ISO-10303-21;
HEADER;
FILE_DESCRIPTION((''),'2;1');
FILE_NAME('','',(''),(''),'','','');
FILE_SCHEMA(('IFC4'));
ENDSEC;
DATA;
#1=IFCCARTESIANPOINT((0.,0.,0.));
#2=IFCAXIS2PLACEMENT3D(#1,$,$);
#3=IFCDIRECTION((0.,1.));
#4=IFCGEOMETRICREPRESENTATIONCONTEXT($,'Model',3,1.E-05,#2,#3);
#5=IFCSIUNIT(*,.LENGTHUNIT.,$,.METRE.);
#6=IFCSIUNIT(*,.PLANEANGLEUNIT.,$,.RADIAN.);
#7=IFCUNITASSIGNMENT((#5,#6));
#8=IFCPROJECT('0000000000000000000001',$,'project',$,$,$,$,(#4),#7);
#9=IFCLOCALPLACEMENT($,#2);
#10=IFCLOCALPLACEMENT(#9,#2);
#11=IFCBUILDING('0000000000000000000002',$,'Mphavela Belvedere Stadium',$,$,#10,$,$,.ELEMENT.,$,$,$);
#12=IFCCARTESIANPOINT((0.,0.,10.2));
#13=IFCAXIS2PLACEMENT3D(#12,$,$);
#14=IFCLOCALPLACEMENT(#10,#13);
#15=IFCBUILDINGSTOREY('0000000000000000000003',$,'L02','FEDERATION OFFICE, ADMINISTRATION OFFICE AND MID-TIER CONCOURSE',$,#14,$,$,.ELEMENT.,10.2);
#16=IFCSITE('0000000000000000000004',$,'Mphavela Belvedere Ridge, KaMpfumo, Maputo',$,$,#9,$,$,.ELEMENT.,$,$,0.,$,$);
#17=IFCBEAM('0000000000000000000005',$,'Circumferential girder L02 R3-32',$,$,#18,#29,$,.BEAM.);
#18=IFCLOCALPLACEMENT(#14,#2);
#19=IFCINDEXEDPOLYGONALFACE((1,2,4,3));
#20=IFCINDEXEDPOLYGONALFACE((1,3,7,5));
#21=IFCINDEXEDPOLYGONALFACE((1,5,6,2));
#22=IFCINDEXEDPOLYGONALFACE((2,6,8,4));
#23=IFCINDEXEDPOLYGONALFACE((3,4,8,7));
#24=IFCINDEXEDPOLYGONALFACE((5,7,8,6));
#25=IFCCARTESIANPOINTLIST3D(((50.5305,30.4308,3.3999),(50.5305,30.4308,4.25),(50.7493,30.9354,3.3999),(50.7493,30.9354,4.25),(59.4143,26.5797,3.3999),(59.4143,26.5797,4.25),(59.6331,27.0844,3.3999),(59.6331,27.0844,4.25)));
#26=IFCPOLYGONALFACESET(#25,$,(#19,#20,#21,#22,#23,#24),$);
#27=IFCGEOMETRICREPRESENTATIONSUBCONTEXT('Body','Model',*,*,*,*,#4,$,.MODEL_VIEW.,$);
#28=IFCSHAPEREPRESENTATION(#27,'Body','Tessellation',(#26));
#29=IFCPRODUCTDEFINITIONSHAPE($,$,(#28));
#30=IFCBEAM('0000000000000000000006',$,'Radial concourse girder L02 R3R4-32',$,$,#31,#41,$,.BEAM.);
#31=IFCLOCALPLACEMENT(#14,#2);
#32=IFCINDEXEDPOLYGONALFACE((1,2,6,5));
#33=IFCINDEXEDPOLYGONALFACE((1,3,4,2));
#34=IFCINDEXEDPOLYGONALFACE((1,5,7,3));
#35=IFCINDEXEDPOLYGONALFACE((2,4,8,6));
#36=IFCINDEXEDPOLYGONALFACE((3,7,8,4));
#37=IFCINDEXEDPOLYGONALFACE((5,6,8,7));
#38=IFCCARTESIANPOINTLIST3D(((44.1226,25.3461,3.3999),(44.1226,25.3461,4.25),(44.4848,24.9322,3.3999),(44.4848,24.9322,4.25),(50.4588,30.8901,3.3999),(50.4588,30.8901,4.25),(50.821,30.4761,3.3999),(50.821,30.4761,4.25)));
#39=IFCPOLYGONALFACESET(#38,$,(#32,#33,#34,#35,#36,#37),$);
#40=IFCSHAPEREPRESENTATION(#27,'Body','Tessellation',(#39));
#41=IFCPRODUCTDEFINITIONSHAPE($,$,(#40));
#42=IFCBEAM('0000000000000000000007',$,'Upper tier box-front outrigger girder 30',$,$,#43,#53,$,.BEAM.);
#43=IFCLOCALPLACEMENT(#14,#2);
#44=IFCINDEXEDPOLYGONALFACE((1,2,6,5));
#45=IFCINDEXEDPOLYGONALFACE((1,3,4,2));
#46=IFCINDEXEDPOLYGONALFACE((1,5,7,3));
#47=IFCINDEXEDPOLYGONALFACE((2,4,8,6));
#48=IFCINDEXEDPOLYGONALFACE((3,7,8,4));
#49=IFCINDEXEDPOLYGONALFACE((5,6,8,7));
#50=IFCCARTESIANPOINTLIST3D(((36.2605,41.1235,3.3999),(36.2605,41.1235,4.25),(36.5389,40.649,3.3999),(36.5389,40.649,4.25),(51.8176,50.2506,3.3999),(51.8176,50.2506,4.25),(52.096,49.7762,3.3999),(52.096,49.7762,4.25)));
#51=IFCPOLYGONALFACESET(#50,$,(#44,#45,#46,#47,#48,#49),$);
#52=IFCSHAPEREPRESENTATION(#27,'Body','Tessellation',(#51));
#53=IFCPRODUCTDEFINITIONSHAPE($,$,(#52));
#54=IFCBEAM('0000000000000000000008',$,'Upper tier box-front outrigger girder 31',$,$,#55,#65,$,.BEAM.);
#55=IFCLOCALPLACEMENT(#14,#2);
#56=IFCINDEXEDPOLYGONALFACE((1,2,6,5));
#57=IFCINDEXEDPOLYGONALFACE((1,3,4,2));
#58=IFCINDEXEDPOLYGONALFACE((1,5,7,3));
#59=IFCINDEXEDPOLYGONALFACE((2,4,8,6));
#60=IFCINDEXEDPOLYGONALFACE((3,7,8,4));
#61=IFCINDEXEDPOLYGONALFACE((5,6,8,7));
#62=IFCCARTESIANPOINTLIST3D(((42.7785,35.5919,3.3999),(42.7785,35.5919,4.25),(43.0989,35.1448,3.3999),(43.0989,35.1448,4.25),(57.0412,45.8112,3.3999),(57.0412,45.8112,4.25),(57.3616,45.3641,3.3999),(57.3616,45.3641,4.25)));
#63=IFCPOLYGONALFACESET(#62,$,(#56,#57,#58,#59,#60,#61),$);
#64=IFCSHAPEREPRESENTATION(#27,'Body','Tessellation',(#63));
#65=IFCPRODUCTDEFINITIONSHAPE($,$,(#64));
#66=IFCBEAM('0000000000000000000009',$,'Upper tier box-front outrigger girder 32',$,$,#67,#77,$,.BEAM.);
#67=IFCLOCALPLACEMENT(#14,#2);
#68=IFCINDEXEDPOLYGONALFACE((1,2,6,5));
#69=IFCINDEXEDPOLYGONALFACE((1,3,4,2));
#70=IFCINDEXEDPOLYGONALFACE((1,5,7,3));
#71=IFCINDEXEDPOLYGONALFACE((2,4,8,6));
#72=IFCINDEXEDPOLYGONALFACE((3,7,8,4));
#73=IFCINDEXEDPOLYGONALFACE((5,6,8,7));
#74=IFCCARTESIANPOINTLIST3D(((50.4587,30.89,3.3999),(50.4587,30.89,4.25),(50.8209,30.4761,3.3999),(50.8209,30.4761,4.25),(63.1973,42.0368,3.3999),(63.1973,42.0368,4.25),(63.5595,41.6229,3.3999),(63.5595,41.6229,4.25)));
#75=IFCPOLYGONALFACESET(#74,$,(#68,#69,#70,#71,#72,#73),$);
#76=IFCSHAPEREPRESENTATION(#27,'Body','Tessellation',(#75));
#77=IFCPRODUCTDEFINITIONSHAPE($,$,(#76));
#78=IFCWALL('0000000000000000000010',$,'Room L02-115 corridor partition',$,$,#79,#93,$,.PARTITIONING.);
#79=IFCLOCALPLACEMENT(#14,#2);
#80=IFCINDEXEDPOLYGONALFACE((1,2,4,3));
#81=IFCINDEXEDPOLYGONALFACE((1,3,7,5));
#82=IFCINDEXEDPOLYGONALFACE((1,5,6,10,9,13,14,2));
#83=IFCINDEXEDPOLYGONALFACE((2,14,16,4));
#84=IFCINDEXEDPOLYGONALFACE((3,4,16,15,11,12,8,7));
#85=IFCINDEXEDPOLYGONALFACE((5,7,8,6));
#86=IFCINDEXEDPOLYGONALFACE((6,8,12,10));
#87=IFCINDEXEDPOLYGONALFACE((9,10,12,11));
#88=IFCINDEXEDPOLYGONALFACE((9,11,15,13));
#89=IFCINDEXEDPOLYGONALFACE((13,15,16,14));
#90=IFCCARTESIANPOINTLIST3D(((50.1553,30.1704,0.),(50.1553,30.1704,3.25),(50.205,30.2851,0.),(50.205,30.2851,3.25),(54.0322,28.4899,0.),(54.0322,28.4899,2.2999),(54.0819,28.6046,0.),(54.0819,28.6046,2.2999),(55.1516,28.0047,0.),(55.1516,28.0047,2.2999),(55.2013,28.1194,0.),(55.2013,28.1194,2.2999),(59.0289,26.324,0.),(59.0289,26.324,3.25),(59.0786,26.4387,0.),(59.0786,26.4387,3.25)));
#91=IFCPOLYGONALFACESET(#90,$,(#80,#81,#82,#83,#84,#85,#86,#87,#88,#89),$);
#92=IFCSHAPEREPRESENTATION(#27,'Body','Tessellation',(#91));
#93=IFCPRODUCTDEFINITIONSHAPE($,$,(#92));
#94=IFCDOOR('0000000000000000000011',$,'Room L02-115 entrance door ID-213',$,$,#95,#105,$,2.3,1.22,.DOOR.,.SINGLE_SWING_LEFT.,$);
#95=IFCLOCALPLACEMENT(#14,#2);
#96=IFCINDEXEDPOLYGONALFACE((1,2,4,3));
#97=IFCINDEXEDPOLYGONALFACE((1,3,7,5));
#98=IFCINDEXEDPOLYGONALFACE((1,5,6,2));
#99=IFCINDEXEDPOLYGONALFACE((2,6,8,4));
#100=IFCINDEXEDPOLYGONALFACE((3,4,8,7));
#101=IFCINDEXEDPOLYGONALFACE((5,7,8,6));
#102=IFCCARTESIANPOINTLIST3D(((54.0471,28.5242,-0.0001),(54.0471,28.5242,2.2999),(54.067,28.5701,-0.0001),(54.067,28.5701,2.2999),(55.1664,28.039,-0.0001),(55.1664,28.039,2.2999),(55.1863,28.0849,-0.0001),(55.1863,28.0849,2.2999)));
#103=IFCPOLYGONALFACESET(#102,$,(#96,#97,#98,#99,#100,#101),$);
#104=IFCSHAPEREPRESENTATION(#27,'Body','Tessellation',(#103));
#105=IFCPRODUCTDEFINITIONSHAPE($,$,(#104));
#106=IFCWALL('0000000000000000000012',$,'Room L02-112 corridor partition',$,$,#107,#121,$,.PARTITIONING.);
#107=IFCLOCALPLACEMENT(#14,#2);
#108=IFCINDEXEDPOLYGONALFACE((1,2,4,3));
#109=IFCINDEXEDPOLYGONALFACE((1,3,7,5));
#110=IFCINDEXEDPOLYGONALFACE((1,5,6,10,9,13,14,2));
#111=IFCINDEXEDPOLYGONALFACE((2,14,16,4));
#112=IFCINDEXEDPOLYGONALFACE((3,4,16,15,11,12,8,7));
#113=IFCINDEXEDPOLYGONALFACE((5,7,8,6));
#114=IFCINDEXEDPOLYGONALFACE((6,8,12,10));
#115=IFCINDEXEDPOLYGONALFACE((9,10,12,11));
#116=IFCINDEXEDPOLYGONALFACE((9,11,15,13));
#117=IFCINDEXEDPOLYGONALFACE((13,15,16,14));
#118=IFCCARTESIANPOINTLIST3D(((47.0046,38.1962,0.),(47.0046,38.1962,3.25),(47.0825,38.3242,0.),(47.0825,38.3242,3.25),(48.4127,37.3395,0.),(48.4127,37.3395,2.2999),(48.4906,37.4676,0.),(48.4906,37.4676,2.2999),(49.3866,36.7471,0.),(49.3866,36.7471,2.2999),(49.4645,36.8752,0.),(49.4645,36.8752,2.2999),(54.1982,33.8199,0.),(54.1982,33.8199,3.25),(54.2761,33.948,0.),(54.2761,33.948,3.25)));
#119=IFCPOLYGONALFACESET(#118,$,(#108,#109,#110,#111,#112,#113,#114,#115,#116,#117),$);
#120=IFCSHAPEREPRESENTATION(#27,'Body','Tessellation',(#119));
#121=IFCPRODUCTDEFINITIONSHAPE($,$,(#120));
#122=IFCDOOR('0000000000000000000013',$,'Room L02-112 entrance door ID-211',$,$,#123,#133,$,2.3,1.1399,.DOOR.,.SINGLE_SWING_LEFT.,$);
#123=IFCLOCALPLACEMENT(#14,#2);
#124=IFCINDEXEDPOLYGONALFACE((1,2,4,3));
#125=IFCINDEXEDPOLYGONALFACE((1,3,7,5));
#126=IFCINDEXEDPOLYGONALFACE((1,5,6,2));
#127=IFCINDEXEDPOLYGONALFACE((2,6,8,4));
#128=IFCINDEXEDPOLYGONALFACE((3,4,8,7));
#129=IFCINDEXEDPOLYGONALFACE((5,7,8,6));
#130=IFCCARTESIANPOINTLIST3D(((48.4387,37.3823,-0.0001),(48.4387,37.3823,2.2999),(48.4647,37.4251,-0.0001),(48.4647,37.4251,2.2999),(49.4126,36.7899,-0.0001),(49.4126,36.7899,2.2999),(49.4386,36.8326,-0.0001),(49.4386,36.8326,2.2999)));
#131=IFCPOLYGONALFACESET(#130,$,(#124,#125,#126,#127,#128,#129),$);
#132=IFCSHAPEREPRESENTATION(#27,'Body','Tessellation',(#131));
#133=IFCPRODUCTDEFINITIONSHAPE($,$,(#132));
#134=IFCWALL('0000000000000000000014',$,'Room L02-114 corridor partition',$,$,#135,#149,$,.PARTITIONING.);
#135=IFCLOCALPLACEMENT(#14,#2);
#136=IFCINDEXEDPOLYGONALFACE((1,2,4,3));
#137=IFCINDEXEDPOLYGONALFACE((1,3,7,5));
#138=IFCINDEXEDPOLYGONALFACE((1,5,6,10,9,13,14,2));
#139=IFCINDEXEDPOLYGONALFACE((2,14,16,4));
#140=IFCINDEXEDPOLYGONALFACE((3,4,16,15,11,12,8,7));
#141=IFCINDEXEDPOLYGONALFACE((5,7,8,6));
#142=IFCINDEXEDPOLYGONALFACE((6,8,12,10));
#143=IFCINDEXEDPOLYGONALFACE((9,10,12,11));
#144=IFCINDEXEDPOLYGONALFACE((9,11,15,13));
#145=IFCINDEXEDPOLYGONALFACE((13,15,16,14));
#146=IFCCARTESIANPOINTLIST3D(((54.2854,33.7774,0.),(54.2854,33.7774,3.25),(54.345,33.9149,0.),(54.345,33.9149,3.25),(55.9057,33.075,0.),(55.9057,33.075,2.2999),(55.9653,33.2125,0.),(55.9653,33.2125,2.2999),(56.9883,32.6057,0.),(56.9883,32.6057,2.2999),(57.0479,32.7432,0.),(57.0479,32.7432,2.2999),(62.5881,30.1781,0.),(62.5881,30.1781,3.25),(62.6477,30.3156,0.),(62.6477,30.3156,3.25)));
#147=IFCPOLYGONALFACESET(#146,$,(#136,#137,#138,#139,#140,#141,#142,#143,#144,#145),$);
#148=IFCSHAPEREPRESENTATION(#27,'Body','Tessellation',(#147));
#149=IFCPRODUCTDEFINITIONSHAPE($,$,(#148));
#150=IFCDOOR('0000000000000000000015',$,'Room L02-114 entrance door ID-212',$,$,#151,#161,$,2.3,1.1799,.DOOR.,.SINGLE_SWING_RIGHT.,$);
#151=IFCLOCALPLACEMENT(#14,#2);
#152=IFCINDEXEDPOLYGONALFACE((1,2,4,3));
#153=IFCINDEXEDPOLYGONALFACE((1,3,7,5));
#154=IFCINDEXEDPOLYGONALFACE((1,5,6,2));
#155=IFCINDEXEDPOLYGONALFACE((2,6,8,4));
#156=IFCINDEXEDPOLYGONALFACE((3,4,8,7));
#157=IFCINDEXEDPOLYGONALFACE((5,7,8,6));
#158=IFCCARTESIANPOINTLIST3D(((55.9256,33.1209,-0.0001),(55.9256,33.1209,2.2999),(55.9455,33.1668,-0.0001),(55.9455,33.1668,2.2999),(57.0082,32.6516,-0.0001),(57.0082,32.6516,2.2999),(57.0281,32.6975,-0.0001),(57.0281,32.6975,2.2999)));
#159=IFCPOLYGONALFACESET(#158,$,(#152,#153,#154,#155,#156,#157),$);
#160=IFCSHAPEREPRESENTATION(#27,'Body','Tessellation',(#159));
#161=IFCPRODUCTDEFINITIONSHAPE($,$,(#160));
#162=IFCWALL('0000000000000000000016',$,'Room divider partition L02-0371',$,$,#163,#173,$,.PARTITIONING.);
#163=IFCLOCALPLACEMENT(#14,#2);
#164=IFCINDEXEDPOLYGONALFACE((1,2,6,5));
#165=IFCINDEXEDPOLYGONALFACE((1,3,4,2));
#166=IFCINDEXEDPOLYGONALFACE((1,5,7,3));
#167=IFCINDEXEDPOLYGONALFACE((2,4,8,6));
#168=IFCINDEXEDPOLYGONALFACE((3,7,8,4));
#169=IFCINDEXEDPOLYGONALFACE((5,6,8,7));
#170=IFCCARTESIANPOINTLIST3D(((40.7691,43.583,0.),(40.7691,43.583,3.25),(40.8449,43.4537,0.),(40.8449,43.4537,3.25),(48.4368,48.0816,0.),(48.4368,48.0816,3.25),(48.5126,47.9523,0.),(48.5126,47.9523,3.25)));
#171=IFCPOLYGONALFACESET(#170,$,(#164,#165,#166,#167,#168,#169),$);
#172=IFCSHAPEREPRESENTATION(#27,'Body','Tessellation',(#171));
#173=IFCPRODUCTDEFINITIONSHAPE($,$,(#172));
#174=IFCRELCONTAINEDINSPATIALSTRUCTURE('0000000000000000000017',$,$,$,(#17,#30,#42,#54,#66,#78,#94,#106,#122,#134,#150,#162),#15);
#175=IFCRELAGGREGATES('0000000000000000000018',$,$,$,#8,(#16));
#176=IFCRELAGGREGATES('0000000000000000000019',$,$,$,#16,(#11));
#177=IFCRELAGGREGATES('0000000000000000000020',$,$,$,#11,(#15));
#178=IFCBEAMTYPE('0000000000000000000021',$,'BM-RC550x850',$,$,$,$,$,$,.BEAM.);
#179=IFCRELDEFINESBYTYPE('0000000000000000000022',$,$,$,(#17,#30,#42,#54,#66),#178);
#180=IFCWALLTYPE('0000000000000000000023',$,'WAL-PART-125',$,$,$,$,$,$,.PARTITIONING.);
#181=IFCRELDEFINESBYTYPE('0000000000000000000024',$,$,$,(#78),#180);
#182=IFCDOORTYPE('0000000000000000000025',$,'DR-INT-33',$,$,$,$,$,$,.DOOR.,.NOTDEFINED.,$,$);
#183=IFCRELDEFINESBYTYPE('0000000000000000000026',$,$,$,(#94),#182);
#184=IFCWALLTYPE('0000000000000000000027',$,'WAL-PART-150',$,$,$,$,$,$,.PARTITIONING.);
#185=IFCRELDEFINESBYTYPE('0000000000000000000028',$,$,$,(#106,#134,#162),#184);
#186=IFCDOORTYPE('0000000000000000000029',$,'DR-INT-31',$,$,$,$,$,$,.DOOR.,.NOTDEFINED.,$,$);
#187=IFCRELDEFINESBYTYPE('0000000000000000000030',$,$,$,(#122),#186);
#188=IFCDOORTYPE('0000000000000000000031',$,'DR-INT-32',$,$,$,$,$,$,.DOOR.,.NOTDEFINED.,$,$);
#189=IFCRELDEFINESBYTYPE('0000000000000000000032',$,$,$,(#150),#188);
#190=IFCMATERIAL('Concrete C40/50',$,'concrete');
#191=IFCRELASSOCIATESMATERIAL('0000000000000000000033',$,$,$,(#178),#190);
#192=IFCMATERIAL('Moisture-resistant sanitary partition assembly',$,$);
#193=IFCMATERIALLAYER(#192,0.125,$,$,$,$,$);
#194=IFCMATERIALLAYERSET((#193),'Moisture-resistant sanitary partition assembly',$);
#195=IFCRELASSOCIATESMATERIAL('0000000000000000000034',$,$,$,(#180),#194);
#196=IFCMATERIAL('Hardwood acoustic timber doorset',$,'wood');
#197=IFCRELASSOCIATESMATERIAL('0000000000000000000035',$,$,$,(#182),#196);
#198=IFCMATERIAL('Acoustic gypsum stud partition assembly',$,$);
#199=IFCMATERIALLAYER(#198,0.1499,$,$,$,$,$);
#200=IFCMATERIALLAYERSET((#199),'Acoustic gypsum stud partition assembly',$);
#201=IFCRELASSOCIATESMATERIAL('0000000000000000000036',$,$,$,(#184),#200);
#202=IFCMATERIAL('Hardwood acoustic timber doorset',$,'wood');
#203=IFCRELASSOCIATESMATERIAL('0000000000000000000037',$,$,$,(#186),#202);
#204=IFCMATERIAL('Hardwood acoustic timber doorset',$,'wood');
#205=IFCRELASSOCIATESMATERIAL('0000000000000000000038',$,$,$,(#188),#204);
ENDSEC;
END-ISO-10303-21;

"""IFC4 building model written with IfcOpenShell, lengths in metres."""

from ifc_helpers import new_model, si_unit, direction, frame, frame_2d, origin, origin_2d, place, context, subcontext, project, spatial, rectangle, extrude, material, layer, layer_set, material_profile, profile_set, type_object, element, fill, save


model = new_model("IFC4")

# Units and contexts
model_context = context("Model", 3, precision=1e-05, world=origin(), true_north=direction((0.0, 1.0)))
body_context = subcontext(model_context, "Body", "Model", "MODEL_VIEW")
ifc_project = project(units=[si_unit("LENGTHUNIT", "METRE"), si_unit("PLANEANGLEUNIT", "RADIAN")], contexts=[model_context])

# Site, building, storey
site_placement = place(None, origin())
site = spatial("IfcSite", under=ifc_project, at=site_placement, Name="Mphavela Belvedere Ridge, KaMpfumo, Maputo", CompositionType="ELEMENT", RefElevation=0.0)
building_placement = place(site_placement, origin())
building = spatial("IfcBuilding", under=site, at=building_placement, Name="Mphavela Belvedere Stadium", CompositionType="ELEMENT")
storey_placement = place(building_placement, frame((0.0, 0.0, 10.2)))
storey = spatial("IfcBuildingStorey", under=building, at=storey_placement, Name="L02", Description="FEDERATION OFFICE, ADMINISTRATION OFFICE AND MID-TIER CONCOURSE", CompositionType="ELEMENT", Elevation=10.2)

# Beams
ifc_material_1 = material(Name="Concrete C40/50", Category="concrete")
ifc_material_profile_1 = material_profile(ifc_material_1, rectangle(XDim=0.55, YDim=0.8501, at=origin_2d()), Name="RC 550x850")
ifc_profile_set_1 = profile_set([ifc_material_profile_1], Name="Concrete C40/50")
beam_type_1 = type_object("IfcBeamType", Name="BM-RC550x850", PredefinedType="BEAM", material=ifc_profile_set_1)
beam_1_placement = place(storey_placement, frame((50.6399, 30.6831, 3.825), z_axis=(0.917502, -0.397732, 0.0), x_axis=(0.397732, 0.917502, 0.0)))
element("IfcBeam", 1, at=beam_1_placement, inside=storey, type_object=beam_type_1, Name="Circumferential girder L02 R3-32", PredefinedType="BEAM", context=body_context, shape_type="SweptSolid", body=[
    extrude(rectangle(XDim=0.55, YDim=0.8501, at=origin_2d()), origin(), (0.0, 0.0, 1.0), 9.6826),
])
beam_2_placement = place(storey_placement, frame((50.6399, 30.6831, 3.825), z_axis=(-0.752589, -0.65849, 0.0), x_axis=(0.65849, -0.752589, 0.0)))
element("IfcBeam", 2, at=beam_2_placement, inside=storey, type_object=beam_type_1, Name="Radial concourse girder L02 R3R4-32", PredefinedType="BEAM", context=body_context, shape_type="SweptSolid", body=[
    extrude(rectangle(XDim=0.55, YDim=0.8501, at=origin_2d()), origin(), (0.0, 0.0, 1.0), 8.4192),
])
beam_3_placement = place(storey_placement, frame((51.9568, 50.0134, 3.825), z_axis=(-0.862516, -0.506029, 0.0), x_axis=(0.506029, -0.862516, 0.0)))
element("IfcBeam", 3, at=beam_3_placement, inside=storey, type_object=beam_type_1, Name="Upper tier box-front outrigger girder 30", PredefinedType="BEAM", context=body_context, shape_type="SweptSolid", body=[
    extrude(rectangle(XDim=0.55, YDim=0.8501, at=origin_2d()), origin(), (0.0, 0.0, 1.0), 18.0369),
])
beam_4_placement = place(storey_placement, frame((57.2014, 45.5876, 3.825), z_axis=(-0.812881, -0.58243, 0.0), x_axis=(0.58243, -0.812881, 0.0)))
element("IfcBeam", 4, at=beam_4_placement, inside=storey, type_object=beam_type_1, Name="Upper tier box-front outrigger girder 31", PredefinedType="BEAM", context=body_context, shape_type="SweptSolid", body=[
    extrude(rectangle(XDim=0.55, YDim=0.8501, at=origin_2d()), origin(), (0.0, 0.0, 1.0), 17.5459),
])
beam_5_placement = place(storey_placement, frame((63.3784, 41.8298, 3.825), z_axis=(-0.752562, -0.658522, 0.0), x_axis=(0.658522, -0.752562, 0.0)))
element("IfcBeam", 5, at=beam_5_placement, inside=storey, type_object=beam_type_1, Name="Upper tier box-front outrigger girder 32", PredefinedType="BEAM", context=body_context, shape_type="SweptSolid", body=[
    extrude(rectangle(XDim=0.55, YDim=0.8501, at=origin_2d()), origin(), (0.0, 0.0, 1.0), 16.927),
])

# Walls, openings, doors
ifc_material_2 = material(Name="Moisture-resistant sanitary partition assembly")
ifc_layer_1 = layer(ifc_material_2, 0.125)
ifc_layer_set_1 = layer_set([ifc_layer_1], Name="Moisture-resistant sanitary partition assembly")
wall_type_1 = type_object("IfcWallType", Name="WAL-PART-125", PredefinedType="PARTITIONING", material=ifc_layer_set_1)
wall_1_placement = place(storey_placement, frame((50.1802, 30.2278, 0.0), z_axis=(0.0, 0.0, 1.0), x_axis=(0.917509, -0.397715, 0.0)))
wall_1 = element("IfcWall", 6, at=wall_1_placement, inside=storey, type_object=wall_type_1, Name="Room L02-115 corridor partition", PredefinedType="PARTITIONING", context=body_context, shape_type="SweptSolid", body=[
    extrude(rectangle(XDim=9.6714, YDim=0.125, at=frame_2d((4.8357, 0.0))), origin(), (0.0, 0.0, 1.0), 3.25),
])
opening_1_placement = place(wall_1_placement, frame((4.2256, 0.0, 0.0)))
opening_1 = element("IfcOpeningElement", 7, at=opening_1_placement, cuts=wall_1, PredefinedType="OPENING", context=body_context, shape_type="SweptSolid", body=[
    extrude(rectangle(XDim=1.22, YDim=2.3, at=frame_2d((0.6099, 1.1499))), frame((0.0, 0.0725, 0.0), z_axis=(0.0, -1.0, 0.0), x_axis=(1.0, 0.0, 0.0)), (0.0, 0.0, 1.0), 0.145),
])
ifc_material_3 = material(Name="Hardwood acoustic timber doorset", Category="wood")
door_type_1 = type_object("IfcDoorType", Name="DR-INT-33", OperationType="NOTDEFINED", PredefinedType="DOOR", material=ifc_material_3)
door_1_placement = place(opening_1_placement, origin())
door_1 = element("IfcDoor", 8, at=door_1_placement, inside=storey, type_object=door_type_1, Name="Room L02-115 entrance door ID-213", OperationType="SINGLE_SWING_LEFT", OverallHeight=2.3, OverallWidth=1.22, PredefinedType="DOOR", context=body_context, shape_type="SweptSolid", body=[
    extrude(rectangle(XDim=1.22, YDim=2.3, at=frame_2d((0.6099, 1.1499))), frame((0.0, 0.0249, 0.0), z_axis=(0.0, -1.0, 0.0), x_axis=(1.0, 0.0, 0.0)), (0.0, 0.0, 1.0), 0.05),
])
fill(opening_1, door_1)
ifc_material_4 = material(Name="Acoustic gypsum stud partition assembly")
ifc_layer_2 = layer(ifc_material_4, 0.1499)
ifc_layer_set_2 = layer_set([ifc_layer_2], Name="Acoustic gypsum stud partition assembly")
wall_type_2 = type_object("IfcWallType", Name="WAL-PART-150", PredefinedType="PARTITIONING", material=ifc_layer_set_2)
wall_2_placement = place(storey_placement, frame((54.2371, 33.884, 0.0), z_axis=(0.0, 0.0, 1.0), x_axis=(-0.85433, 0.519731, 0.0)))
wall_2 = element("IfcWall", 9, at=wall_2_placement, inside=storey, type_object=wall_type_2, Name="Room L02-112 corridor partition", PredefinedType="PARTITIONING", context=body_context, shape_type="SweptSolid", body=[
    extrude(rectangle(XDim=8.4202, YDim=0.1499, at=frame_2d((4.21, 0.0))), origin(), (0.0, 0.0, 1.0), 3.25),
])
opening_2_placement = place(wall_2_placement, frame((5.6321, 0.0, 0.0)))
opening_2 = element("IfcOpeningElement", 10, at=opening_2_placement, cuts=wall_2, PredefinedType="OPENING", context=body_context, shape_type="SweptSolid", body=[
    extrude(rectangle(XDim=1.1399, YDim=2.3, at=frame_2d((0.5698, 1.1499))), frame((0.0, 0.085, 0.0), z_axis=(0.0, -1.0, 0.0), x_axis=(1.0, 0.0, 0.0)), (0.0, 0.0, 1.0), 0.1699),
])
ifc_material_5 = material(Name="Hardwood acoustic timber doorset", Category="wood")
door_type_2 = type_object("IfcDoorType", Name="DR-INT-31", OperationType="NOTDEFINED", PredefinedType="DOOR", material=ifc_material_5)
door_2_placement = place(opening_2_placement, origin())
door_2 = element("IfcDoor", 11, at=door_2_placement, inside=storey, type_object=door_type_2, Name="Room L02-112 entrance door ID-211", OperationType="SINGLE_SWING_LEFT", OverallHeight=2.3, OverallWidth=1.1399, PredefinedType="DOOR", context=body_context, shape_type="SweptSolid", body=[
    extrude(rectangle(XDim=1.1399, YDim=2.3, at=frame_2d((0.5698, 1.1499))), frame((0.0, 0.0249, 0.0), z_axis=(0.0, -1.0, 0.0), x_axis=(1.0, 0.0, 0.0)), (0.0, 0.0, 1.0), 0.05),
])
fill(opening_2, door_2)
wall_3_placement = place(storey_placement, frame((62.6179, 30.2468, 0.0), z_axis=(0.0, 0.0, 1.0), x_axis=(-0.917495, 0.397748, 0.0)))
wall_3 = element("IfcWall", 12, at=wall_3_placement, inside=storey, type_object=wall_type_2, Name="Room L02-114 corridor partition", PredefinedType="PARTITIONING", context=body_context, shape_type="SweptSolid", body=[
    extrude(rectangle(XDim=9.0493, YDim=0.1499, at=frame_2d((4.5247, 0.0))), origin(), (0.0, 0.0, 1.0), 3.25),
])
opening_3_placement = place(wall_3_placement, frame((6.1035, 0.0, 0.0)))
opening_3 = element("IfcOpeningElement", 13, at=opening_3_placement, cuts=wall_3, PredefinedType="OPENING", context=body_context, shape_type="SweptSolid", body=[
    extrude(rectangle(XDim=1.1799, YDim=2.3, at=frame_2d((0.5898, 1.1499))), frame((0.0, 0.085, 0.0), z_axis=(0.0, -1.0, 0.0), x_axis=(1.0, 0.0, 0.0)), (0.0, 0.0, 1.0), 0.1699),
])
ifc_material_6 = material(Name="Hardwood acoustic timber doorset", Category="wood")
door_type_3 = type_object("IfcDoorType", Name="DR-INT-32", OperationType="NOTDEFINED", PredefinedType="DOOR", material=ifc_material_6)
door_3_placement = place(opening_3_placement, origin())
door_3 = element("IfcDoor", 14, at=door_3_placement, inside=storey, type_object=door_type_3, Name="Room L02-114 entrance door ID-212", OperationType="SINGLE_SWING_RIGHT", OverallHeight=2.3, OverallWidth=1.1799, PredefinedType="DOOR", context=body_context, shape_type="SweptSolid", body=[
    extrude(rectangle(XDim=1.1799, YDim=2.3, at=frame_2d((0.5898, 1.1499))), frame((0.0, 0.0249, 0.0), z_axis=(0.0, -1.0, 0.0), x_axis=(1.0, 0.0, 0.0)), (0.0, 0.0, 1.0), 0.05),
])
fill(opening_3, door_3)

# Wall
wall_4_placement = place(storey_placement, frame((48.4746, 48.0168, 0.0), z_axis=(0.0, 0.0, 1.0), x_axis=(-0.862518, -0.506026, 0.0)))
element("IfcWall", 15, at=wall_4_placement, inside=storey, type_object=wall_type_2, Name="Room divider partition L02-0371", PredefinedType="PARTITIONING", context=body_context, shape_type="SweptSolid", body=[
    extrude(rectangle(XDim=8.8899, YDim=0.1499, at=frame_2d((4.4448, 0.0))), origin(), (0.0, 0.0, 1.0), 3.25),
])

save(model, "model.ifc")
